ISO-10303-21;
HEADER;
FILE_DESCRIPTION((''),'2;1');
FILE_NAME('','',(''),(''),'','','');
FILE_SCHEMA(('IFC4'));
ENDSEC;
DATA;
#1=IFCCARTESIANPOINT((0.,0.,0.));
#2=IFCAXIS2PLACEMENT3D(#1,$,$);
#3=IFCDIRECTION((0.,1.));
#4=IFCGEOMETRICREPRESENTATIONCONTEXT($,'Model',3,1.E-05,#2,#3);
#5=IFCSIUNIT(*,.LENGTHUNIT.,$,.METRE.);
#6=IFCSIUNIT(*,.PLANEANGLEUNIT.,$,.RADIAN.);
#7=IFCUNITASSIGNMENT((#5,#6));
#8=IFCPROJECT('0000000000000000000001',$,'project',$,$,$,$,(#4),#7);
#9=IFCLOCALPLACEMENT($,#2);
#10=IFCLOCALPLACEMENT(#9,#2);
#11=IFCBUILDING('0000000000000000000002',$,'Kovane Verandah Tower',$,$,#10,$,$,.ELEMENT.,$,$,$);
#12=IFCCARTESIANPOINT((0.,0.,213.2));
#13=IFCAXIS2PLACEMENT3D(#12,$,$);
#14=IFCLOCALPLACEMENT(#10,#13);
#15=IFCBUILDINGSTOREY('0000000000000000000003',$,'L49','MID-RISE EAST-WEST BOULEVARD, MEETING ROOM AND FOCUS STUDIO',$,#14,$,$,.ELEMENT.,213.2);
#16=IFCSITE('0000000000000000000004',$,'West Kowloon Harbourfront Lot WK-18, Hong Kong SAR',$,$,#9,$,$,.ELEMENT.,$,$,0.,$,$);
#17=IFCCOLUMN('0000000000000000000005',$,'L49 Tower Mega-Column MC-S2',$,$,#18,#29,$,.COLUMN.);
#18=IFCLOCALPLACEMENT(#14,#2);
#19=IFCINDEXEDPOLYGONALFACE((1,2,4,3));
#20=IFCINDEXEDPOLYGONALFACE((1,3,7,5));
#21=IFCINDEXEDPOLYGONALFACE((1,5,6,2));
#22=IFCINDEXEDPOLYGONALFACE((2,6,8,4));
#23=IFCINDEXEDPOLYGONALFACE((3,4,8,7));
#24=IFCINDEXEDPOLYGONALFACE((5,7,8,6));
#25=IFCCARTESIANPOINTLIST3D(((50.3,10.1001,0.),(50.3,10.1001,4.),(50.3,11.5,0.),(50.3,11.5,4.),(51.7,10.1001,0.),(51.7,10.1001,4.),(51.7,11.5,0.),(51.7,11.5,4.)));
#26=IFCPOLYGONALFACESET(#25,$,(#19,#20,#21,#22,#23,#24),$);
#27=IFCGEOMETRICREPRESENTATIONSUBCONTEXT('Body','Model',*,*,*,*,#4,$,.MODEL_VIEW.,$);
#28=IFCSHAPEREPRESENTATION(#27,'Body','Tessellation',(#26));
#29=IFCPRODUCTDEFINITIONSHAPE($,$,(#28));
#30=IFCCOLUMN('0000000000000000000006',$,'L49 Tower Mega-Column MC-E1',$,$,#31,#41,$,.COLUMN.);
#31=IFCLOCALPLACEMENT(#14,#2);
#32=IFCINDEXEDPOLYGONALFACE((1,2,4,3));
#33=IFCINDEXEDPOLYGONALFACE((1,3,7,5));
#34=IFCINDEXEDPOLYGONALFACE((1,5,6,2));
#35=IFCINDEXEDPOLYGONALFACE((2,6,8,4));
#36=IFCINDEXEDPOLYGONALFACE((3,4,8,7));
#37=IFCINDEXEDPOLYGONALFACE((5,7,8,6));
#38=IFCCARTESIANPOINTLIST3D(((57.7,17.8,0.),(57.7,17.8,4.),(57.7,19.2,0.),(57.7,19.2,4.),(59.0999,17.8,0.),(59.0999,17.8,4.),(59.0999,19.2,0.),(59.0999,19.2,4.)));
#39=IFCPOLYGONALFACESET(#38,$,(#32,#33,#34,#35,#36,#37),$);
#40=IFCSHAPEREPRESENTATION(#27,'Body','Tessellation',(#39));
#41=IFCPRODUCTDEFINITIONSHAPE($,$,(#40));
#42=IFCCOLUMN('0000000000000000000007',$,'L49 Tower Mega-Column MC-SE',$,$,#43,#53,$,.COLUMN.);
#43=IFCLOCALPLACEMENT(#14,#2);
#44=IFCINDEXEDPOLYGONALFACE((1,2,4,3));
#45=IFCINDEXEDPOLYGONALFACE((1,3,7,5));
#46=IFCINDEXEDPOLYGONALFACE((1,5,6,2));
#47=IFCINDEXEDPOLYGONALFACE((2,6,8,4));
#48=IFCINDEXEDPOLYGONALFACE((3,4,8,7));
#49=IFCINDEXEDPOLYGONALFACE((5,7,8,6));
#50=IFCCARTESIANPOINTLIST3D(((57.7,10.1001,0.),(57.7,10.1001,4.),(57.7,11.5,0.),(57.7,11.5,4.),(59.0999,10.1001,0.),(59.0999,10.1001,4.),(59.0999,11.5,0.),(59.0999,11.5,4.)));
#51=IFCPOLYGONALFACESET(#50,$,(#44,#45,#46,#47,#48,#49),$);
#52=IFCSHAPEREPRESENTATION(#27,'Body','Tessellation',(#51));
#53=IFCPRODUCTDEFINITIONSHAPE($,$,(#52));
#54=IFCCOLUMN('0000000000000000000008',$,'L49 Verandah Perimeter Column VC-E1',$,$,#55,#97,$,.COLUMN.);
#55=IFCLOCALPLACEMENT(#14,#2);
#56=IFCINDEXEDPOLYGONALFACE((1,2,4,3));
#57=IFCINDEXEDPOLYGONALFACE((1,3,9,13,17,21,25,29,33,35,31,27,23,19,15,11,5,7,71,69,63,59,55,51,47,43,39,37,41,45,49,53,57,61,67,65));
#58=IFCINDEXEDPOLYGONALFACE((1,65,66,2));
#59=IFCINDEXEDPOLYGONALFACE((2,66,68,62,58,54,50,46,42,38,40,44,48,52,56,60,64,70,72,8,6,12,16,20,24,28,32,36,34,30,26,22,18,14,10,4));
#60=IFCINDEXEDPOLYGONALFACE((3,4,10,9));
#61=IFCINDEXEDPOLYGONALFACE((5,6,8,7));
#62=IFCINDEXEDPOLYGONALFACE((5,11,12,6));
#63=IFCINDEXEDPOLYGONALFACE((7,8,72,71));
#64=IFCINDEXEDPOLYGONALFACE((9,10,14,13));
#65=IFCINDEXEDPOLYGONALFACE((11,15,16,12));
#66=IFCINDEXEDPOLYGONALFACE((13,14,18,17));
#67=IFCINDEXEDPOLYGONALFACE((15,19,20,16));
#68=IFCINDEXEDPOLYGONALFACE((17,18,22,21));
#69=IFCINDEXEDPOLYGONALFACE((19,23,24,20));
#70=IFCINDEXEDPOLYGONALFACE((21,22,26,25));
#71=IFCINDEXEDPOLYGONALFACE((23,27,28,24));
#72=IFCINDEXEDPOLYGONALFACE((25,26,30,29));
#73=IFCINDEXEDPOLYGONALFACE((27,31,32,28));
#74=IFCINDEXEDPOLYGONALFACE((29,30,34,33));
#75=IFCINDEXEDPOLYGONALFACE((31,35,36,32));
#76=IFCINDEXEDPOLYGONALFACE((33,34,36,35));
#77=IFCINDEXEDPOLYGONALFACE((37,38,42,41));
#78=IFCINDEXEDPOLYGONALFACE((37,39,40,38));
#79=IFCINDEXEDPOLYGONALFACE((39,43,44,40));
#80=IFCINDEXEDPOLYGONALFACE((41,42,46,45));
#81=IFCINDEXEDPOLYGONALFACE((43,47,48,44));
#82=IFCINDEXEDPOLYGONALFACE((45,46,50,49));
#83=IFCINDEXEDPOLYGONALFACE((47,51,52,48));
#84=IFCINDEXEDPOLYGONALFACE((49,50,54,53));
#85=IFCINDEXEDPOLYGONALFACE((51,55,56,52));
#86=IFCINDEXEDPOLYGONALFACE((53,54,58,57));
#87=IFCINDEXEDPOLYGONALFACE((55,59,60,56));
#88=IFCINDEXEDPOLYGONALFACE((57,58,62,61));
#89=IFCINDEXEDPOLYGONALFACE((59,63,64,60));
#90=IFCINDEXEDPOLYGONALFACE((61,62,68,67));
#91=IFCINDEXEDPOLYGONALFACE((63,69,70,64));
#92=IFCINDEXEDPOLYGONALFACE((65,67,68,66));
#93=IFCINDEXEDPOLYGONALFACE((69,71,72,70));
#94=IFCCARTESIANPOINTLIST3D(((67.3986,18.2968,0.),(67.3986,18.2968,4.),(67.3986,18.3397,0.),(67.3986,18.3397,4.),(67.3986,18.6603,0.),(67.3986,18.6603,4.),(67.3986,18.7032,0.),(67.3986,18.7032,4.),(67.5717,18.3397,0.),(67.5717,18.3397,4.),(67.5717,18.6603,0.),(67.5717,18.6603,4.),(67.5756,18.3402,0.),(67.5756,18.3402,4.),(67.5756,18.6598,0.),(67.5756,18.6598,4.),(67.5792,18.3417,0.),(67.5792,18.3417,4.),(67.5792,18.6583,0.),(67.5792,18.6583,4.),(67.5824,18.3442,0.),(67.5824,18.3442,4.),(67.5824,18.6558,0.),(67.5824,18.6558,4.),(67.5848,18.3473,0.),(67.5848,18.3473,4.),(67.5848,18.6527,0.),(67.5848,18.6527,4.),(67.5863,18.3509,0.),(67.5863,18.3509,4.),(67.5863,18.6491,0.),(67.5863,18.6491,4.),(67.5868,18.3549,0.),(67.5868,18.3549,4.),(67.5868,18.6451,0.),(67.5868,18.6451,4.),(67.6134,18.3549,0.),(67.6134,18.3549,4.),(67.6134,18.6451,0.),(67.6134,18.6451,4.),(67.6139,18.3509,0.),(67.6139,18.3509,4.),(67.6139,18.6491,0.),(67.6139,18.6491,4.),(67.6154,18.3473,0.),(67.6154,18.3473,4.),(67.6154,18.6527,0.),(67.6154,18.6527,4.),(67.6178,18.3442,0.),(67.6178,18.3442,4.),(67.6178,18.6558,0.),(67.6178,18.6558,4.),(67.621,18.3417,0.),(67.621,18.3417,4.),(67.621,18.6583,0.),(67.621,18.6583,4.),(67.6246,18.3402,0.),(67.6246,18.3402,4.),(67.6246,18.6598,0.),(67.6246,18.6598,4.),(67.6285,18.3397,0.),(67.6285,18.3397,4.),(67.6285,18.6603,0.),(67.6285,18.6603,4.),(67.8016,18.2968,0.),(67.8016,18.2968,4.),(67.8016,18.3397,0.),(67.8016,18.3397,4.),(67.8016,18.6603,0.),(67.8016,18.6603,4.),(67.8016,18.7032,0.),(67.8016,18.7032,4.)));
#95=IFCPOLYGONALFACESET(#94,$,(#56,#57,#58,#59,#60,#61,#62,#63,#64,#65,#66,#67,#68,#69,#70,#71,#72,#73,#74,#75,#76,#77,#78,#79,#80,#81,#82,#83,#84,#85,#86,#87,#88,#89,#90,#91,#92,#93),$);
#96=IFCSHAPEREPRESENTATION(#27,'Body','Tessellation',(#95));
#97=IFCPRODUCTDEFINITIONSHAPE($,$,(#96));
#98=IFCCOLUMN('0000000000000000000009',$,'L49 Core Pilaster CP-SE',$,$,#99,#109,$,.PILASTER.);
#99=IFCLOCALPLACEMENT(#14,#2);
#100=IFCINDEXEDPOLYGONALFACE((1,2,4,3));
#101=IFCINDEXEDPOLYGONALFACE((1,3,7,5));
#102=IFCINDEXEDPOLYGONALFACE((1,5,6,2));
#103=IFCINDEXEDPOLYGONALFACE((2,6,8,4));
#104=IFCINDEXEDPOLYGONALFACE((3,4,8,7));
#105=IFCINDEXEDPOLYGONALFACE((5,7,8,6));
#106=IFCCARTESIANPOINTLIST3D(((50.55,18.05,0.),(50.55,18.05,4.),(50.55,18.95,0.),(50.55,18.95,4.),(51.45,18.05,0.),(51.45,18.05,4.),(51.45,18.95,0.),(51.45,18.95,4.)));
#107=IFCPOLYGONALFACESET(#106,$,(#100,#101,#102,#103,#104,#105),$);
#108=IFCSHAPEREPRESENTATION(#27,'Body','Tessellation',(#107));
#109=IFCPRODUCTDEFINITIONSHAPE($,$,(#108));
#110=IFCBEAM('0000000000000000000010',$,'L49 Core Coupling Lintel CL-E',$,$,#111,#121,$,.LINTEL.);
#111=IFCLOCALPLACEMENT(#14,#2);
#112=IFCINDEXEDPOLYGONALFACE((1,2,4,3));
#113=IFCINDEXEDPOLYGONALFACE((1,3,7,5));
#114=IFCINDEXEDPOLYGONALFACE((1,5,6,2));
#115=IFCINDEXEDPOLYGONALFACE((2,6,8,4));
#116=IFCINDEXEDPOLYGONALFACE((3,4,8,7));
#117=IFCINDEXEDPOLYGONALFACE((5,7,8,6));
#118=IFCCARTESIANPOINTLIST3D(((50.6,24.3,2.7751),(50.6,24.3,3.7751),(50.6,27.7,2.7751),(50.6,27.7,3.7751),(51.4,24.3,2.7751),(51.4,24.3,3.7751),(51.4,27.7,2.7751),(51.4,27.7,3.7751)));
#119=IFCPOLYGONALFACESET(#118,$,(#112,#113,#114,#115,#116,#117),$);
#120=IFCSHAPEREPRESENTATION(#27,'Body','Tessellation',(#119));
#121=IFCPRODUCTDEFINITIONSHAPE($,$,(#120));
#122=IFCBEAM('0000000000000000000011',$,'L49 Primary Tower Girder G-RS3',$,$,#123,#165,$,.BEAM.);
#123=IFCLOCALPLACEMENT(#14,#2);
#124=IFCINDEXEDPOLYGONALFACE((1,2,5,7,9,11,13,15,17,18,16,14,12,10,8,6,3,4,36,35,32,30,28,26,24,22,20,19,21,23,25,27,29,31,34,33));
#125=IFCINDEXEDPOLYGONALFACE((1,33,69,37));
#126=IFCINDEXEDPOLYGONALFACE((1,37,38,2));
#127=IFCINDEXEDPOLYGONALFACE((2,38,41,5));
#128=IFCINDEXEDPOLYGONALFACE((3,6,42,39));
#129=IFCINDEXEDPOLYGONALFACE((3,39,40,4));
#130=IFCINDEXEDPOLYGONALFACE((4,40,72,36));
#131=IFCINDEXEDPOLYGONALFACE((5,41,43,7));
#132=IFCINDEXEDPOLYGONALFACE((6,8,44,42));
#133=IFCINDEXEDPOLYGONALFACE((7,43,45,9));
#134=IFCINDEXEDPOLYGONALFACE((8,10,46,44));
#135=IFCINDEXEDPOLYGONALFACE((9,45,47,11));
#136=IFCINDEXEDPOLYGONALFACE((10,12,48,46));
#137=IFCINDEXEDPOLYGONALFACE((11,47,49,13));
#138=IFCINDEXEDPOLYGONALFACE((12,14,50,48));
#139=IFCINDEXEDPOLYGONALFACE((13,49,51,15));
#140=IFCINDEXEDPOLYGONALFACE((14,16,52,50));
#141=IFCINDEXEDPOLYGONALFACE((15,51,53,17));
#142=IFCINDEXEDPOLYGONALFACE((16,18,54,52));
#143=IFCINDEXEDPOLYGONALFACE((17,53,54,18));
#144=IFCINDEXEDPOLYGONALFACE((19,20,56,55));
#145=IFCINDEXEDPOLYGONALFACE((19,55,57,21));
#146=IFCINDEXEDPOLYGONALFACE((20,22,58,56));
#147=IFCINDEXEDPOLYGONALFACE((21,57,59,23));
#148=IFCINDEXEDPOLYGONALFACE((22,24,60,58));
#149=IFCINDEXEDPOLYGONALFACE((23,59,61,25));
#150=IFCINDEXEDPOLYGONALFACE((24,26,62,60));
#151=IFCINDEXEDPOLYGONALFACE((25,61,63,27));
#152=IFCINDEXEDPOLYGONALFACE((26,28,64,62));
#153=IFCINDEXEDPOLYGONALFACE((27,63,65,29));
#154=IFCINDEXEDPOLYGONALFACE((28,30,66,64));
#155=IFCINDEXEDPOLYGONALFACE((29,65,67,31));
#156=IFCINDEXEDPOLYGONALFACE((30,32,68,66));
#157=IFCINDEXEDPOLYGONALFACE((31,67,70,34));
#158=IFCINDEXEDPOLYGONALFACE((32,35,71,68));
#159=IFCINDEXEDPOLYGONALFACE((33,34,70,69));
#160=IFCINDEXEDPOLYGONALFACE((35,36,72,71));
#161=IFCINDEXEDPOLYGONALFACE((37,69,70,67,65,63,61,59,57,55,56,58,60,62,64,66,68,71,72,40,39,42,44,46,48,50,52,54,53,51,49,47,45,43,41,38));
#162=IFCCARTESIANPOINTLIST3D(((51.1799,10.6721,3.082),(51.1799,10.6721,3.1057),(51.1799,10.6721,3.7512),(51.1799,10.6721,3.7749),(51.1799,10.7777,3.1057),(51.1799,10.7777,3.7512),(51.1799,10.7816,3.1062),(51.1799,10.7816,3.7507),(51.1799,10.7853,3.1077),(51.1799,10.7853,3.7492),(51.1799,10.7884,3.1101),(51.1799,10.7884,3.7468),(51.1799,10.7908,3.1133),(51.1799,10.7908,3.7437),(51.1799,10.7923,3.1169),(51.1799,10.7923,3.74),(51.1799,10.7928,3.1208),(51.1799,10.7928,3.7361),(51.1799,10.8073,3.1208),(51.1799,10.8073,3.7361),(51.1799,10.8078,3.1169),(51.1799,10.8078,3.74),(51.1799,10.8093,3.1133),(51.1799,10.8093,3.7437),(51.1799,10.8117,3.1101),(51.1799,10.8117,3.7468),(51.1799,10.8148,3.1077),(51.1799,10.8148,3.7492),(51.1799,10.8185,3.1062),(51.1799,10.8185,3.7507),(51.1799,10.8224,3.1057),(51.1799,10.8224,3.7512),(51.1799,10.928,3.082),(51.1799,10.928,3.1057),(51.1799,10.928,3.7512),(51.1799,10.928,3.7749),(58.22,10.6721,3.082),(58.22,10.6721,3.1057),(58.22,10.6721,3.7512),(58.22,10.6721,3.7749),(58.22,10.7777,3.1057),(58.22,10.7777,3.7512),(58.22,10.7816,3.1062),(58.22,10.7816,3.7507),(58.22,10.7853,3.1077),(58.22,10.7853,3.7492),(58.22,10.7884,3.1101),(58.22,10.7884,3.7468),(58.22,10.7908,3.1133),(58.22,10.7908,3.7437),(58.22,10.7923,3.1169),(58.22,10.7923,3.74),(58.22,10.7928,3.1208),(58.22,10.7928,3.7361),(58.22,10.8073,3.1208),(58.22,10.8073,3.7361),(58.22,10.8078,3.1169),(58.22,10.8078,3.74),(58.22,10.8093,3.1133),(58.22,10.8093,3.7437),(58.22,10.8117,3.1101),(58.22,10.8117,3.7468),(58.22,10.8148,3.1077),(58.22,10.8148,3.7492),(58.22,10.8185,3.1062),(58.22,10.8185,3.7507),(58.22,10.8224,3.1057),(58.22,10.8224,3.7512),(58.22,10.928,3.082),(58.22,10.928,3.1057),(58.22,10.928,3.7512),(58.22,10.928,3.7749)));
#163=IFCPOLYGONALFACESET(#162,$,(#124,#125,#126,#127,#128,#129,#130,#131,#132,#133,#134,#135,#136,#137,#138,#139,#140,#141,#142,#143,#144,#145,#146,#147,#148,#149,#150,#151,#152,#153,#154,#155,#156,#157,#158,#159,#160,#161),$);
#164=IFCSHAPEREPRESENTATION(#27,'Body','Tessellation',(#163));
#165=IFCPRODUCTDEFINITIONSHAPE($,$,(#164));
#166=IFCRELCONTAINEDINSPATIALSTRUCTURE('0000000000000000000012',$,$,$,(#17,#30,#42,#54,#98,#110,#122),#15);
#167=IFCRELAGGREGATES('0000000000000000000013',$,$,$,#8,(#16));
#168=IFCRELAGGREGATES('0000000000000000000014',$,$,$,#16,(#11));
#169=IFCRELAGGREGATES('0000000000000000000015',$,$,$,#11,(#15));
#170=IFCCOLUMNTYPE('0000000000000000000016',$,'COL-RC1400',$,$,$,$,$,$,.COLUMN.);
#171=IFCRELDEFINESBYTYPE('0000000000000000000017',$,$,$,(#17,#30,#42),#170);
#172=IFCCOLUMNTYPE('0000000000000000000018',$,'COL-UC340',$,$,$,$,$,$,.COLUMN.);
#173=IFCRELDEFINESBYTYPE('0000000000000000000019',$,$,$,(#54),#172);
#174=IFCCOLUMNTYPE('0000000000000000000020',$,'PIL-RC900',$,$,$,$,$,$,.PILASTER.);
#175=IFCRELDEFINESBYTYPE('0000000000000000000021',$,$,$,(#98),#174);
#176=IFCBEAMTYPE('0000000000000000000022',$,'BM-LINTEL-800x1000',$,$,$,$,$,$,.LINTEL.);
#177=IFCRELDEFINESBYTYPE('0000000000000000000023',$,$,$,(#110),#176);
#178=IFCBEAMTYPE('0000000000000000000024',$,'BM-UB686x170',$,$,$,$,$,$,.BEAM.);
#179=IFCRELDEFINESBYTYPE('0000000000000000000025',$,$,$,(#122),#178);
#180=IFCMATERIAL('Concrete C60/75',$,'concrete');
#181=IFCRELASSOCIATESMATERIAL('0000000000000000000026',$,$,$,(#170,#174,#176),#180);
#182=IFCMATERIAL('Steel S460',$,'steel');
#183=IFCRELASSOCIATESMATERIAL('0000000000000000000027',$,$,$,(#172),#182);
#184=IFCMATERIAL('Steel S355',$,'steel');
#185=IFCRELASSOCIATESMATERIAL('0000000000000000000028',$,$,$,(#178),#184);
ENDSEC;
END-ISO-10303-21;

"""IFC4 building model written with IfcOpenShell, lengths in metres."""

from ifc_helpers import new_model, si_unit, direction, frame, origin, origin_2d, place, context, subcontext, project, spatial, rectangle, i_section, extrude, material, material_profile, profile_set, type_object, element, save


model = new_model("IFC4")

# Units and contexts
model_context = context("Model", 3, precision=1e-05, world=origin(), true_north=direction((0.0, 1.0)))
body_context = subcontext(model_context, "Body", "Model", "MODEL_VIEW")
ifc_project = project(units=[si_unit("LENGTHUNIT", "METRE"), si_unit("PLANEANGLEUNIT", "RADIAN")], contexts=[model_context])

# Site, building, storey
site_placement = place(None, origin())
site = spatial("IfcSite", under=ifc_project, at=site_placement, Name="West Kowloon Harbourfront Lot WK-18, Hong Kong SAR", CompositionType="ELEMENT", RefElevation=0.0)
building_placement = place(site_placement, origin())
building = spatial("IfcBuilding", under=site, at=building_placement, Name="Kovane Verandah Tower", CompositionType="ELEMENT")
storey_placement = place(building_placement, frame((0.0, 0.0, 213.2)))
storey = spatial("IfcBuildingStorey", under=building, at=storey_placement, Name="L49", Description="MID-RISE EAST-WEST BOULEVARD, MEETING ROOM AND FOCUS STUDIO", CompositionType="ELEMENT", Elevation=213.2)

# Columns
ifc_material_1 = material(Name="Concrete C60/75", Category="concrete")
ifc_material_profile_1 = material_profile(ifc_material_1, rectangle(XDim=1.3999, YDim=1.3999, at=origin_2d()), Name="RC1400x1400")
ifc_profile_set_1 = profile_set([ifc_material_profile_1], Name="Concrete C60/75")
column_type_1 = type_object("IfcColumnType", Name="COL-RC1400", PredefinedType="COLUMN", material=ifc_profile_set_1)
for number, where, z_axis, x_axis, name in (
    (1, (51.0, 10.8, 0.0), (0.0, 0.0, 1.0), (1.0, 0.0, 0.0), "L49 Tower Mega-Column MC-S2"),
    (2, (58.3999, 18.5, 0.0), (0.0, 0.0, 1.0), (1.0, 0.0, 0.0), "L49 Tower Mega-Column MC-E1"),
    (3, (58.3999, 10.8, 0.0), (0.0, 0.0, 1.0), (1.0, 0.0, 0.0), "L49 Tower Mega-Column MC-SE"),
):
    element("IfcColumn", number, at=place(storey_placement, frame(where, z_axis=z_axis, x_axis=x_axis)), inside=storey, type_object=column_type_1, Name=name, PredefinedType="COLUMN", context=body_context, shape_type="SweptSolid", body=[
        extrude(rectangle(XDim=1.3999, YDim=1.3999, at=origin_2d()), origin(), (0.0, 0.0, 1.0), 4.0),
    ])
ifc_material_2 = material(Name="Steel S460", Category="steel")
ifc_material_profile_2 = material_profile(ifc_material_2, i_section(OverallWidth=0.4031, OverallDepth=0.4065, WebThickness=0.0266, FlangeThickness=0.043, FilletRadius=0.0151, at=origin_2d()), Name="UC356x406x340")
ifc_profile_set_2 = profile_set([ifc_material_profile_2], Name="Steel S460")
column_type_2 = type_object("IfcColumnType", Name="COL-UC340", PredefinedType="COLUMN", material=ifc_profile_set_2)
column_1_placement = place(storey_placement, frame((67.6001, 18.5, 0.0), z_axis=(0.0, 0.0, 1.0), x_axis=(1.0, 0.0, 0.0)))
element("IfcColumn", 4, at=column_1_placement, inside=storey, type_object=column_type_2, Name="L49 Verandah Perimeter Column VC-E1", PredefinedType="COLUMN", context=body_context, shape_type="SweptSolid", body=[
    extrude(i_section(OverallWidth=0.4031, OverallDepth=0.4065, WebThickness=0.0266, FlangeThickness=0.043, FilletRadius=0.0151, at=origin_2d()), origin(), (0.0, 0.0, 1.0), 4.0),
])
ifc_material_profile_3 = material_profile(ifc_material_1, rectangle(XDim=0.8999, YDim=0.8999, at=origin_2d()), Name="RC900x900")
ifc_profile_set_3 = profile_set([ifc_material_profile_3], Name="Concrete C60/75")
column_type_3 = type_object("IfcColumnType", Name="PIL-RC900", PredefinedType="PILASTER", material=ifc_profile_set_3)
column_2_placement = place(storey_placement, frame((51.0, 18.5, 0.0), z_axis=(0.0, 0.0, 1.0), x_axis=(1.0, 0.0, 0.0)))
element("IfcColumn", 5, at=column_2_placement, inside=storey, type_object=column_type_3, Name="L49 Core Pilaster CP-SE", PredefinedType="PILASTER", context=body_context, shape_type="SweptSolid", body=[
    extrude(rectangle(XDim=0.8999, YDim=0.8999, at=origin_2d()), origin(), (0.0, 0.0, 1.0), 4.0),
])

# Beams
ifc_material_profile_4 = material_profile(ifc_material_1, rectangle(XDim=0.8, YDim=1.0, at=origin_2d()), Name="RCB800x1000")
ifc_profile_set_4 = profile_set([ifc_material_profile_4], Name="Concrete C60/75")
beam_type_1 = type_object("IfcBeamType", Name="BM-LINTEL-800x1000", PredefinedType="LINTEL", material=ifc_profile_set_4)
beam_1_placement = place(storey_placement, frame((51.0, 24.3, 3.2751), z_axis=(0.0, 1.0, 0.0), x_axis=(-1.0, 0.0, 0.0)))
element("IfcBeam", 6, at=beam_1_placement, inside=storey, type_object=beam_type_1, Name="L49 Core Coupling Lintel CL-E", PredefinedType="LINTEL", context=body_context, shape_type="SweptSolid", body=[
    extrude(rectangle(XDim=0.8, YDim=1.0, at=origin_2d()), origin(), (0.0, 0.0, 1.0), 3.3999),
])
ifc_material_3 = material(Name="Steel S355", Category="steel")
ifc_material_profile_5 = material_profile(ifc_material_3, i_section(OverallWidth=0.2559, OverallDepth=0.6929, WebThickness=0.0144, FlangeThickness=0.0237, FilletRadius=0.0151, at=origin_2d()), Name="UB686x254x170")
ifc_profile_set_5 = profile_set([ifc_material_profile_5], Name="Steel S355")
beam_type_2 = type_object("IfcBeamType", Name="BM-UB686x170", PredefinedType="BEAM", material=ifc_profile_set_5)
beam_2_placement = place(storey_placement, frame((51.1799, 10.8, 3.4285), z_axis=(1.0, 0.0, 0.0), x_axis=(0.0, 1.0, 0.0)))
element("IfcBeam", 7, at=beam_2_placement, inside=storey, type_object=beam_type_2, Name="L49 Primary Tower Girder G-RS3", PredefinedType="BEAM", context=body_context, shape_type="SweptSolid", body=[
    extrude(i_section(OverallWidth=0.2559, OverallDepth=0.6929, WebThickness=0.0144, FlangeThickness=0.0237, FilletRadius=0.0151, at=origin_2d()), origin(), (0.0, 0.0, 1.0), 7.04),
])

save(model, "model.ifc")
